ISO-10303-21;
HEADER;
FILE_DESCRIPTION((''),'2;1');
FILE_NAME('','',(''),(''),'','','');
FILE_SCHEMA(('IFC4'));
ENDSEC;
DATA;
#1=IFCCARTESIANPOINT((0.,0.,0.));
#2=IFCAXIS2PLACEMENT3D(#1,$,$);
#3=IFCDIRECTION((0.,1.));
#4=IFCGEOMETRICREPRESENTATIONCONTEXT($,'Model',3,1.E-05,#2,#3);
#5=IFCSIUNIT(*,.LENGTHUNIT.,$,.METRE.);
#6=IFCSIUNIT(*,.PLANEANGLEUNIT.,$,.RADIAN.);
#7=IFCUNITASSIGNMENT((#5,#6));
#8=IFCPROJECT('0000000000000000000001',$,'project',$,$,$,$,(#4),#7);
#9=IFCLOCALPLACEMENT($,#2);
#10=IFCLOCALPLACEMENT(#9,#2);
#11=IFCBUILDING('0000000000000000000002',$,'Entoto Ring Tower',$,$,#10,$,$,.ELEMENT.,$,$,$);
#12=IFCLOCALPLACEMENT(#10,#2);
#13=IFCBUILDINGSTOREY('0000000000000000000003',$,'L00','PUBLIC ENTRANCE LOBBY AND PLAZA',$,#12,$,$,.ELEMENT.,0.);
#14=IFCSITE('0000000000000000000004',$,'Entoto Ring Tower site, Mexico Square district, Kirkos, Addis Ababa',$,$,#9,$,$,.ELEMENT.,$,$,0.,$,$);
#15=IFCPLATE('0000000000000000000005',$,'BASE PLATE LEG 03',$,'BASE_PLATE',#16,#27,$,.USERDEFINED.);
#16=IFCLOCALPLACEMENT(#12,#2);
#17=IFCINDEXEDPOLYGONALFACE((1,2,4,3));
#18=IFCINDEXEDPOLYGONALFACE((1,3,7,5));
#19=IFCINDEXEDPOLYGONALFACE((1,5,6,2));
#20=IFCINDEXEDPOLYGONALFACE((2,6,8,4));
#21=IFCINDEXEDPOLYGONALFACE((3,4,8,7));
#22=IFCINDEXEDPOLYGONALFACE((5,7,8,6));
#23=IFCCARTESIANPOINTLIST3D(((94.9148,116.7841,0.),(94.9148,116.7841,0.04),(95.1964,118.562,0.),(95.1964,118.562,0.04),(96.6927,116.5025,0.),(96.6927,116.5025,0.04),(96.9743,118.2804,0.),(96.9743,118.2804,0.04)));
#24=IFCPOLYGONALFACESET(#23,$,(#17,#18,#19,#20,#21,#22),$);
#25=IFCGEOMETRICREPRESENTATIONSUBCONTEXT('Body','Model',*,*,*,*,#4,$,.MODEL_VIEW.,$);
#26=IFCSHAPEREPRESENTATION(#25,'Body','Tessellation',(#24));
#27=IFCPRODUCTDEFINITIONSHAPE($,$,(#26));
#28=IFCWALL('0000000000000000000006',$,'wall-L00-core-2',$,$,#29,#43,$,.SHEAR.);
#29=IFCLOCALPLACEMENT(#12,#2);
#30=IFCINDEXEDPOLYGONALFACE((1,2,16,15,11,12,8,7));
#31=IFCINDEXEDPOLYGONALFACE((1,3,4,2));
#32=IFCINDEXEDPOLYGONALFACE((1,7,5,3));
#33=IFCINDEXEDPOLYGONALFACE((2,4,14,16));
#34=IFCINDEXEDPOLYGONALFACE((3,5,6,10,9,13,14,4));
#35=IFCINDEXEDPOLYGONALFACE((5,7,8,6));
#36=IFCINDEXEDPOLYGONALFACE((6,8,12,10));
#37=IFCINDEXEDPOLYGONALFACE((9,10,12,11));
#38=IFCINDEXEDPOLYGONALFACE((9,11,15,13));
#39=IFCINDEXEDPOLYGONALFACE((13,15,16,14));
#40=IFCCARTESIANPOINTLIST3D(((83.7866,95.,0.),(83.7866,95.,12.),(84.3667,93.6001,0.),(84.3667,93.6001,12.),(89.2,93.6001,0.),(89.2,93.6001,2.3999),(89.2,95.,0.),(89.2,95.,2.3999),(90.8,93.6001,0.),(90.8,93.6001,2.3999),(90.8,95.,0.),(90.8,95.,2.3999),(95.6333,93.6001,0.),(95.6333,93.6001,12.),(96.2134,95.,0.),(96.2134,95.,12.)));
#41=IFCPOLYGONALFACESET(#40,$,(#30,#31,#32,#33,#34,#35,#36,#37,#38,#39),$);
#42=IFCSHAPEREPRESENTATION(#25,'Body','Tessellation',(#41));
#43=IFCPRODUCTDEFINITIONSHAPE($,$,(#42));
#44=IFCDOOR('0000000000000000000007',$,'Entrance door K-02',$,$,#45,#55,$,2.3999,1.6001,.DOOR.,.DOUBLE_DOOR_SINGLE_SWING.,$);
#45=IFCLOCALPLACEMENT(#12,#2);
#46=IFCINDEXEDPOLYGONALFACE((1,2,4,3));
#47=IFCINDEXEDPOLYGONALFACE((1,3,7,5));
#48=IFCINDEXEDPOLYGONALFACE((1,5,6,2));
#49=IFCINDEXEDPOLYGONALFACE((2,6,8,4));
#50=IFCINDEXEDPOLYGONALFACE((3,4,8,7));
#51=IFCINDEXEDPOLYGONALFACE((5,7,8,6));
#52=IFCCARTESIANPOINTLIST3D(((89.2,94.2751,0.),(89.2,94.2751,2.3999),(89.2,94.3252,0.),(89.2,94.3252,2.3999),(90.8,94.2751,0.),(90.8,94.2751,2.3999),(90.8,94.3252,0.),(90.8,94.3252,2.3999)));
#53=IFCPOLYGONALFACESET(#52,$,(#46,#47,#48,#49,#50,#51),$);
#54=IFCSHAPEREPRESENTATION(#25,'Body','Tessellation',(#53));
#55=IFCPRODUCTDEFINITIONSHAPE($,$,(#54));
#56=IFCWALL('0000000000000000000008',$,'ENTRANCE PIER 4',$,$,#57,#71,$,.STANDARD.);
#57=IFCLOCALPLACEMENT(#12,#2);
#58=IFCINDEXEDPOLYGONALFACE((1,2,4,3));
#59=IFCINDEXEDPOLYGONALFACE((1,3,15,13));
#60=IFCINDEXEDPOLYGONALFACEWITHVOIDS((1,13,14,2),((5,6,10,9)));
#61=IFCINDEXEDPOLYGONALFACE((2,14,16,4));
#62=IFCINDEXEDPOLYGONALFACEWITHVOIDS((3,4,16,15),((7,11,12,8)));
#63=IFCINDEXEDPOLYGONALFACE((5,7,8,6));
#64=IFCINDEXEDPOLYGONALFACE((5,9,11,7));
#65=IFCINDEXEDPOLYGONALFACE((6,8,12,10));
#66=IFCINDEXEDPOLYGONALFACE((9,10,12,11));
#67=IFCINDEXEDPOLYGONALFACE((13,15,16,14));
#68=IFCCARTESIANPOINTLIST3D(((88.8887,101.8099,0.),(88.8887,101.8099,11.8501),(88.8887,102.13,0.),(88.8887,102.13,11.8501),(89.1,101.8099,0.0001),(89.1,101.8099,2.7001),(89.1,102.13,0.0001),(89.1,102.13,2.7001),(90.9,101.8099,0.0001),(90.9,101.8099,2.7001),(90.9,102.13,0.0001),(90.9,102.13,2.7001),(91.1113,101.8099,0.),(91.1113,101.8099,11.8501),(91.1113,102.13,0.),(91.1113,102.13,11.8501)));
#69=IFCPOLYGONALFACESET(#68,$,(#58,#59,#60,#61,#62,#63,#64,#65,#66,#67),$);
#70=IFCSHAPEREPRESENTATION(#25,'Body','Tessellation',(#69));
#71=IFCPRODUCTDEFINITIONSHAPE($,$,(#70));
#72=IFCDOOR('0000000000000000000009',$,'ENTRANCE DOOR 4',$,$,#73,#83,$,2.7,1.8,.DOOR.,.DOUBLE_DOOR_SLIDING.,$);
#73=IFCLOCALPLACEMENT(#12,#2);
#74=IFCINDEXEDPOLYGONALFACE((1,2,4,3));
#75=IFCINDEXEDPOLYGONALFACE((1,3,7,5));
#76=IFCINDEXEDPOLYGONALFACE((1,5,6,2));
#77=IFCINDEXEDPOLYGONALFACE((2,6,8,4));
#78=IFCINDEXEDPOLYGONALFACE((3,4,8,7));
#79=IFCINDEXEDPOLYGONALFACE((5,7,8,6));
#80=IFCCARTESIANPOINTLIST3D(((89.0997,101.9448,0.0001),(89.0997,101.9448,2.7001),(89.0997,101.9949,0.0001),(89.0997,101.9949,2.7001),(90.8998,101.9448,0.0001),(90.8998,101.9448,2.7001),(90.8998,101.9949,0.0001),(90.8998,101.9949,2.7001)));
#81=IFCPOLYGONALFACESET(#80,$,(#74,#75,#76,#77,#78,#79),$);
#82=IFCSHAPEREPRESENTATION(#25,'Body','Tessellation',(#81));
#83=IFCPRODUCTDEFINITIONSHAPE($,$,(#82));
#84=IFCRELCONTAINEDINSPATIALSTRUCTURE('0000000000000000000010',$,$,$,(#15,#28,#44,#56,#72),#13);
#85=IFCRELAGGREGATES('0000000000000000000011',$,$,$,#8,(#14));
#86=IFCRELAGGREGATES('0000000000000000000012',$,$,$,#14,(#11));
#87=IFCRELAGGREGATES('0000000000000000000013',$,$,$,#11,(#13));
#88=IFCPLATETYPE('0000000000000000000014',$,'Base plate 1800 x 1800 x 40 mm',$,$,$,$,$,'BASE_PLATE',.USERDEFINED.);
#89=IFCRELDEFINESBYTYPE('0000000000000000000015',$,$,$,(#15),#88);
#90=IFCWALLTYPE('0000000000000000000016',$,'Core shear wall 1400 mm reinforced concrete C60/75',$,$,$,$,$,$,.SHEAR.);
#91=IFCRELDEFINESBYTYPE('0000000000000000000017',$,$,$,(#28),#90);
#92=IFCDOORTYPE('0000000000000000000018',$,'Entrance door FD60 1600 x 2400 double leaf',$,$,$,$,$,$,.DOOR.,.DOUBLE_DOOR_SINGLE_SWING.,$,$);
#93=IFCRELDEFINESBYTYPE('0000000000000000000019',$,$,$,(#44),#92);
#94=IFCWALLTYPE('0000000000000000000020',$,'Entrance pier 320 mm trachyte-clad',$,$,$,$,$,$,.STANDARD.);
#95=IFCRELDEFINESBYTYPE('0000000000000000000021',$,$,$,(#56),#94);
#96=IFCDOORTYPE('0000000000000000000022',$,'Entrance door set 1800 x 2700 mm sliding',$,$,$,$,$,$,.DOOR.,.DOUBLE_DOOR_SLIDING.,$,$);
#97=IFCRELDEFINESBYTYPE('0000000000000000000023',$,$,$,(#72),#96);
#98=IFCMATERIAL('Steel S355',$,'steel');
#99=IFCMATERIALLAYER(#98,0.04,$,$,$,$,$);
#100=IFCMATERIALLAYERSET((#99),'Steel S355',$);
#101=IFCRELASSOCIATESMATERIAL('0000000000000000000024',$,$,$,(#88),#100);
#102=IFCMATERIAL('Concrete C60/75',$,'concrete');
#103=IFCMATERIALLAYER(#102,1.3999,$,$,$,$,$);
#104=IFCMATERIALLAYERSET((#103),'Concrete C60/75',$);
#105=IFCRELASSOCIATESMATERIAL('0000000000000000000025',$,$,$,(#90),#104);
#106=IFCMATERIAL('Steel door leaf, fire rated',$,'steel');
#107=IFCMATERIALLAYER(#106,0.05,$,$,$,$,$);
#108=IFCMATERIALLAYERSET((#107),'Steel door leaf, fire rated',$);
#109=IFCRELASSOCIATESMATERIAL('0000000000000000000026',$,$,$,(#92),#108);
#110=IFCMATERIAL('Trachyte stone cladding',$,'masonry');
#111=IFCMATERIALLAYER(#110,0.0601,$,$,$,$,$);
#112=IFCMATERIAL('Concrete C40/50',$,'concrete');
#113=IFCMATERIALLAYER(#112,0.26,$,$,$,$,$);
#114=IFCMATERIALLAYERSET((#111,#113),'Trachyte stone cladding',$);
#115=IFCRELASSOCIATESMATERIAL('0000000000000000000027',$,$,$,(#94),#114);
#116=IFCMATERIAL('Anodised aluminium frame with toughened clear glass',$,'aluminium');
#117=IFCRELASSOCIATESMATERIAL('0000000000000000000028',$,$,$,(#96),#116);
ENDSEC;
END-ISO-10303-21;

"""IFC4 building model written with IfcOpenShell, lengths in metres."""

from ifc_helpers import new_model, si_unit, direction, frame, frame_2d, origin, origin_2d, place, context, subcontext, project, spatial, polyline, rectangle, outline, extrude, material, layer, layer_set, type_object, element, fill, save


model = new_model("IFC4")

# Units and contexts
model_context = context("Model", 3, precision=1e-05, world=origin(), true_north=direction((0.0, 1.0)))
body_context = subcontext(model_context, "Body", "Model", "MODEL_VIEW")
ifc_project = project(units=[si_unit("LENGTHUNIT", "METRE"), si_unit("PLANEANGLEUNIT", "RADIAN")], contexts=[model_context])

# Site, building, storey
site_placement = place(None, origin())
site = spatial("IfcSite", under=ifc_project, at=site_placement, Name="Entoto Ring Tower site, Mexico Square district, Kirkos, Addis Ababa", CompositionType="ELEMENT", RefElevation=0.0)
building_placement = place(site_placement, origin())
building = spatial("IfcBuilding", under=site, at=building_placement, Name="Entoto Ring Tower", CompositionType="ELEMENT")
storey_placement = place(building_placement, origin())
storey = spatial("IfcBuildingStorey", under=building, at=storey_placement, Name="L00", Description="PUBLIC ENTRANCE LOBBY AND PLAZA", CompositionType="ELEMENT", Elevation=0.0)

# Plate
ifc_material_1 = material(Name="Steel S355", Category="steel")
ifc_layer_1 = layer(ifc_material_1, 0.04)
ifc_layer_set_1 = layer_set([ifc_layer_1], Name="Steel S355")
plate_type = type_object("IfcPlateType", Name="Base plate 1800 x 1800 x 40 mm", ElementType="BASE_PLATE", PredefinedType="USERDEFINED", material=ifc_layer_set_1)
for number, where, z_axis, x_axis, name in (
    (1, (95.9446, 117.5322, 0.0), (0.0, 0.0, 1.0), (0.156434, 0.987688, 0.0), "BASE PLATE LEG 03"),
):
    element("IfcPlate", number, at=place(storey_placement, frame(where, z_axis=z_axis, x_axis=x_axis)), inside=storey, type_object=plate_type, Name=name, ObjectType="BASE_PLATE", PredefinedType="USERDEFINED", context=body_context, shape_type="SweptSolid", body=[
        extrude(rectangle(XDim=1.8, YDim=1.8, at=origin_2d()), origin(), (0.0, 0.0, 1.0), 0.04),
    ])

# Walls, openings, doors
ifc_material_2 = material(Name="Concrete C60/75", Category="concrete")
ifc_layer_2 = layer(ifc_material_2, 1.3999)
ifc_layer_set_2 = layer_set([ifc_layer_2], Name="Concrete C60/75")
wall_type_1 = type_object("IfcWallType", Name="Core shear wall 1400 mm reinforced concrete C60/75", PredefinedType="SHEAR", material=ifc_layer_set_2)
wall_1_placement = place(storey_placement, frame((95.9233, 94.3, 0.0), z_axis=(0.0, 0.0, 1.0), x_axis=(-1.0, 0.0, 0.0)))
wall_1 = element("IfcWall", 2, at=wall_1_placement, inside=storey, type_object=wall_type_1, Name="wall-L00-core-2", PredefinedType="SHEAR", context=body_context, shape_type="SweptSolid", body=[
    extrude(outline(polyline([(-0.29, -0.7), (12.1367, -0.7), (11.5566, 0.7), (0.29, 0.7), (-0.29, -0.7)])), origin(), (0.0, 0.0, 1.0), 12.0),
])
opening_1_placement = place(wall_1_placement, frame((5.1233, 0.0, 0.0)))
opening_1 = element("IfcOpeningElement", 3, at=opening_1_placement, cuts=wall_1, PredefinedType="OPENING", context=body_context, shape_type="SweptSolid", body=[
    extrude(rectangle(XDim=1.6001, YDim=2.3999, at=frame_2d((0.8, 1.2))), frame((0.0, 0.71, 0.0), z_axis=(0.0, -1.0, 0.0), x_axis=(1.0, 0.0, 0.0)), (0.0, 0.0, 1.0), 1.4199),
])
ifc_material_3 = material(Name="Steel door leaf, fire rated", Category="steel")
ifc_layer_3 = layer(ifc_material_3, 0.05)
ifc_layer_set_3 = layer_set([ifc_layer_3], Name="Steel door leaf, fire rated")
door_type_1 = type_object("IfcDoorType", Name="Entrance door FD60 1600 x 2400 double leaf", OperationType="DOUBLE_DOOR_SINGLE_SWING", PredefinedType="DOOR", material=ifc_layer_set_3)
door_1_placement = place(opening_1_placement, origin())
door_1 = element("IfcDoor", 4, at=door_1_placement, inside=storey, type_object=door_type_1, Name="Entrance door K-02", OperationType="DOUBLE_DOOR_SINGLE_SWING", OverallHeight=2.3999, OverallWidth=1.6001, PredefinedType="DOOR", context=body_context, shape_type="SweptSolid", body=[
    extrude(rectangle(XDim=1.6001, YDim=2.3999, at=frame_2d((0.8, 1.2))), frame((0.0, 0.0249, 0.0), z_axis=(0.0, -1.0, 0.0), x_axis=(1.0, 0.0, 0.0)), (0.0, 0.0, 1.0), 0.05),
])
fill(opening_1, door_1)
ifc_material_4 = material(Name="Trachyte stone cladding", Category="masonry")
ifc_layer_4 = layer(ifc_material_4, 0.0601)
ifc_material_5 = material(Name="Concrete C40/50", Category="concrete")
ifc_layer_5 = layer(ifc_material_5, 0.26)
ifc_layer_set_4 = layer_set([ifc_layer_4, ifc_layer_5], Name="Trachyte stone cladding")
wall_type_2 = type_object("IfcWallType", Name="Entrance pier 320 mm trachyte-clad", PredefinedType="STANDARD", material=ifc_layer_set_4)
wall_2_placement = place(storey_placement, frame((91.1113, 101.97, 0.0), z_axis=(0.0, 0.0, 1.0), x_axis=(-1.0, 0.0, 0.0)))
wall_2 = element("IfcWall", 5, at=wall_2_placement, inside=storey, type_object=wall_type_2, Name="ENTRANCE PIER 4", PredefinedType="STANDARD", context=body_context, shape_type="SweptSolid", body=[
    extrude(rectangle(XDim=2.2227, YDim=0.3201, at=frame_2d((1.1113, 0.0))), origin(), (0.0, 0.0, 1.0), 11.8501),
])
opening_2_placement = place(wall_2_placement, frame((0.2114, 0.0, 0.0)))
opening_2 = element("IfcOpeningElement", 6, at=opening_2_placement, cuts=wall_2, PredefinedType="OPENING", context=body_context, shape_type="SweptSolid", body=[
    extrude(rectangle(XDim=1.8, YDim=2.7, at=frame_2d((0.8999, 1.3501))), frame((0.0, 0.1699, 0.0), z_axis=(0.0, -1.0, 0.0), x_axis=(1.0, 0.0, 0.0)), (0.0, 0.0, 1.0), 0.3401),
])
ifc_material_6 = material(Name="Anodised aluminium frame with toughened clear glass", Category="aluminium")
door_type_2 = type_object("IfcDoorType", Name="Entrance door set 1800 x 2700 mm sliding", OperationType="DOUBLE_DOOR_SLIDING", PredefinedType="DOOR", material=ifc_material_6)
door_2_placement = place(opening_2_placement, frame((1.8, 0.0, 0.0), z_axis=(0.0, 0.0, 1.0), x_axis=(-1.0, 0.0, 0.0)))
door_2 = element("IfcDoor", 7, at=door_2_placement, inside=storey, type_object=door_type_2, Name="ENTRANCE DOOR 4", OperationType="DOUBLE_DOOR_SLIDING", OverallHeight=2.7, OverallWidth=1.8, PredefinedType="DOOR", context=body_context, shape_type="SweptSolid", body=[
    extrude(rectangle(XDim=1.8, YDim=2.7, at=frame_2d((0.8999, 1.3501))), frame((0.0, 0.0249, 0.0), z_axis=(0.0, -1.0, 0.0), x_axis=(1.0, 0.0, 0.0)), (0.0, 0.0, 1.0), 0.05),
])
fill(opening_2, door_2)

save(model, "model.ifc")
